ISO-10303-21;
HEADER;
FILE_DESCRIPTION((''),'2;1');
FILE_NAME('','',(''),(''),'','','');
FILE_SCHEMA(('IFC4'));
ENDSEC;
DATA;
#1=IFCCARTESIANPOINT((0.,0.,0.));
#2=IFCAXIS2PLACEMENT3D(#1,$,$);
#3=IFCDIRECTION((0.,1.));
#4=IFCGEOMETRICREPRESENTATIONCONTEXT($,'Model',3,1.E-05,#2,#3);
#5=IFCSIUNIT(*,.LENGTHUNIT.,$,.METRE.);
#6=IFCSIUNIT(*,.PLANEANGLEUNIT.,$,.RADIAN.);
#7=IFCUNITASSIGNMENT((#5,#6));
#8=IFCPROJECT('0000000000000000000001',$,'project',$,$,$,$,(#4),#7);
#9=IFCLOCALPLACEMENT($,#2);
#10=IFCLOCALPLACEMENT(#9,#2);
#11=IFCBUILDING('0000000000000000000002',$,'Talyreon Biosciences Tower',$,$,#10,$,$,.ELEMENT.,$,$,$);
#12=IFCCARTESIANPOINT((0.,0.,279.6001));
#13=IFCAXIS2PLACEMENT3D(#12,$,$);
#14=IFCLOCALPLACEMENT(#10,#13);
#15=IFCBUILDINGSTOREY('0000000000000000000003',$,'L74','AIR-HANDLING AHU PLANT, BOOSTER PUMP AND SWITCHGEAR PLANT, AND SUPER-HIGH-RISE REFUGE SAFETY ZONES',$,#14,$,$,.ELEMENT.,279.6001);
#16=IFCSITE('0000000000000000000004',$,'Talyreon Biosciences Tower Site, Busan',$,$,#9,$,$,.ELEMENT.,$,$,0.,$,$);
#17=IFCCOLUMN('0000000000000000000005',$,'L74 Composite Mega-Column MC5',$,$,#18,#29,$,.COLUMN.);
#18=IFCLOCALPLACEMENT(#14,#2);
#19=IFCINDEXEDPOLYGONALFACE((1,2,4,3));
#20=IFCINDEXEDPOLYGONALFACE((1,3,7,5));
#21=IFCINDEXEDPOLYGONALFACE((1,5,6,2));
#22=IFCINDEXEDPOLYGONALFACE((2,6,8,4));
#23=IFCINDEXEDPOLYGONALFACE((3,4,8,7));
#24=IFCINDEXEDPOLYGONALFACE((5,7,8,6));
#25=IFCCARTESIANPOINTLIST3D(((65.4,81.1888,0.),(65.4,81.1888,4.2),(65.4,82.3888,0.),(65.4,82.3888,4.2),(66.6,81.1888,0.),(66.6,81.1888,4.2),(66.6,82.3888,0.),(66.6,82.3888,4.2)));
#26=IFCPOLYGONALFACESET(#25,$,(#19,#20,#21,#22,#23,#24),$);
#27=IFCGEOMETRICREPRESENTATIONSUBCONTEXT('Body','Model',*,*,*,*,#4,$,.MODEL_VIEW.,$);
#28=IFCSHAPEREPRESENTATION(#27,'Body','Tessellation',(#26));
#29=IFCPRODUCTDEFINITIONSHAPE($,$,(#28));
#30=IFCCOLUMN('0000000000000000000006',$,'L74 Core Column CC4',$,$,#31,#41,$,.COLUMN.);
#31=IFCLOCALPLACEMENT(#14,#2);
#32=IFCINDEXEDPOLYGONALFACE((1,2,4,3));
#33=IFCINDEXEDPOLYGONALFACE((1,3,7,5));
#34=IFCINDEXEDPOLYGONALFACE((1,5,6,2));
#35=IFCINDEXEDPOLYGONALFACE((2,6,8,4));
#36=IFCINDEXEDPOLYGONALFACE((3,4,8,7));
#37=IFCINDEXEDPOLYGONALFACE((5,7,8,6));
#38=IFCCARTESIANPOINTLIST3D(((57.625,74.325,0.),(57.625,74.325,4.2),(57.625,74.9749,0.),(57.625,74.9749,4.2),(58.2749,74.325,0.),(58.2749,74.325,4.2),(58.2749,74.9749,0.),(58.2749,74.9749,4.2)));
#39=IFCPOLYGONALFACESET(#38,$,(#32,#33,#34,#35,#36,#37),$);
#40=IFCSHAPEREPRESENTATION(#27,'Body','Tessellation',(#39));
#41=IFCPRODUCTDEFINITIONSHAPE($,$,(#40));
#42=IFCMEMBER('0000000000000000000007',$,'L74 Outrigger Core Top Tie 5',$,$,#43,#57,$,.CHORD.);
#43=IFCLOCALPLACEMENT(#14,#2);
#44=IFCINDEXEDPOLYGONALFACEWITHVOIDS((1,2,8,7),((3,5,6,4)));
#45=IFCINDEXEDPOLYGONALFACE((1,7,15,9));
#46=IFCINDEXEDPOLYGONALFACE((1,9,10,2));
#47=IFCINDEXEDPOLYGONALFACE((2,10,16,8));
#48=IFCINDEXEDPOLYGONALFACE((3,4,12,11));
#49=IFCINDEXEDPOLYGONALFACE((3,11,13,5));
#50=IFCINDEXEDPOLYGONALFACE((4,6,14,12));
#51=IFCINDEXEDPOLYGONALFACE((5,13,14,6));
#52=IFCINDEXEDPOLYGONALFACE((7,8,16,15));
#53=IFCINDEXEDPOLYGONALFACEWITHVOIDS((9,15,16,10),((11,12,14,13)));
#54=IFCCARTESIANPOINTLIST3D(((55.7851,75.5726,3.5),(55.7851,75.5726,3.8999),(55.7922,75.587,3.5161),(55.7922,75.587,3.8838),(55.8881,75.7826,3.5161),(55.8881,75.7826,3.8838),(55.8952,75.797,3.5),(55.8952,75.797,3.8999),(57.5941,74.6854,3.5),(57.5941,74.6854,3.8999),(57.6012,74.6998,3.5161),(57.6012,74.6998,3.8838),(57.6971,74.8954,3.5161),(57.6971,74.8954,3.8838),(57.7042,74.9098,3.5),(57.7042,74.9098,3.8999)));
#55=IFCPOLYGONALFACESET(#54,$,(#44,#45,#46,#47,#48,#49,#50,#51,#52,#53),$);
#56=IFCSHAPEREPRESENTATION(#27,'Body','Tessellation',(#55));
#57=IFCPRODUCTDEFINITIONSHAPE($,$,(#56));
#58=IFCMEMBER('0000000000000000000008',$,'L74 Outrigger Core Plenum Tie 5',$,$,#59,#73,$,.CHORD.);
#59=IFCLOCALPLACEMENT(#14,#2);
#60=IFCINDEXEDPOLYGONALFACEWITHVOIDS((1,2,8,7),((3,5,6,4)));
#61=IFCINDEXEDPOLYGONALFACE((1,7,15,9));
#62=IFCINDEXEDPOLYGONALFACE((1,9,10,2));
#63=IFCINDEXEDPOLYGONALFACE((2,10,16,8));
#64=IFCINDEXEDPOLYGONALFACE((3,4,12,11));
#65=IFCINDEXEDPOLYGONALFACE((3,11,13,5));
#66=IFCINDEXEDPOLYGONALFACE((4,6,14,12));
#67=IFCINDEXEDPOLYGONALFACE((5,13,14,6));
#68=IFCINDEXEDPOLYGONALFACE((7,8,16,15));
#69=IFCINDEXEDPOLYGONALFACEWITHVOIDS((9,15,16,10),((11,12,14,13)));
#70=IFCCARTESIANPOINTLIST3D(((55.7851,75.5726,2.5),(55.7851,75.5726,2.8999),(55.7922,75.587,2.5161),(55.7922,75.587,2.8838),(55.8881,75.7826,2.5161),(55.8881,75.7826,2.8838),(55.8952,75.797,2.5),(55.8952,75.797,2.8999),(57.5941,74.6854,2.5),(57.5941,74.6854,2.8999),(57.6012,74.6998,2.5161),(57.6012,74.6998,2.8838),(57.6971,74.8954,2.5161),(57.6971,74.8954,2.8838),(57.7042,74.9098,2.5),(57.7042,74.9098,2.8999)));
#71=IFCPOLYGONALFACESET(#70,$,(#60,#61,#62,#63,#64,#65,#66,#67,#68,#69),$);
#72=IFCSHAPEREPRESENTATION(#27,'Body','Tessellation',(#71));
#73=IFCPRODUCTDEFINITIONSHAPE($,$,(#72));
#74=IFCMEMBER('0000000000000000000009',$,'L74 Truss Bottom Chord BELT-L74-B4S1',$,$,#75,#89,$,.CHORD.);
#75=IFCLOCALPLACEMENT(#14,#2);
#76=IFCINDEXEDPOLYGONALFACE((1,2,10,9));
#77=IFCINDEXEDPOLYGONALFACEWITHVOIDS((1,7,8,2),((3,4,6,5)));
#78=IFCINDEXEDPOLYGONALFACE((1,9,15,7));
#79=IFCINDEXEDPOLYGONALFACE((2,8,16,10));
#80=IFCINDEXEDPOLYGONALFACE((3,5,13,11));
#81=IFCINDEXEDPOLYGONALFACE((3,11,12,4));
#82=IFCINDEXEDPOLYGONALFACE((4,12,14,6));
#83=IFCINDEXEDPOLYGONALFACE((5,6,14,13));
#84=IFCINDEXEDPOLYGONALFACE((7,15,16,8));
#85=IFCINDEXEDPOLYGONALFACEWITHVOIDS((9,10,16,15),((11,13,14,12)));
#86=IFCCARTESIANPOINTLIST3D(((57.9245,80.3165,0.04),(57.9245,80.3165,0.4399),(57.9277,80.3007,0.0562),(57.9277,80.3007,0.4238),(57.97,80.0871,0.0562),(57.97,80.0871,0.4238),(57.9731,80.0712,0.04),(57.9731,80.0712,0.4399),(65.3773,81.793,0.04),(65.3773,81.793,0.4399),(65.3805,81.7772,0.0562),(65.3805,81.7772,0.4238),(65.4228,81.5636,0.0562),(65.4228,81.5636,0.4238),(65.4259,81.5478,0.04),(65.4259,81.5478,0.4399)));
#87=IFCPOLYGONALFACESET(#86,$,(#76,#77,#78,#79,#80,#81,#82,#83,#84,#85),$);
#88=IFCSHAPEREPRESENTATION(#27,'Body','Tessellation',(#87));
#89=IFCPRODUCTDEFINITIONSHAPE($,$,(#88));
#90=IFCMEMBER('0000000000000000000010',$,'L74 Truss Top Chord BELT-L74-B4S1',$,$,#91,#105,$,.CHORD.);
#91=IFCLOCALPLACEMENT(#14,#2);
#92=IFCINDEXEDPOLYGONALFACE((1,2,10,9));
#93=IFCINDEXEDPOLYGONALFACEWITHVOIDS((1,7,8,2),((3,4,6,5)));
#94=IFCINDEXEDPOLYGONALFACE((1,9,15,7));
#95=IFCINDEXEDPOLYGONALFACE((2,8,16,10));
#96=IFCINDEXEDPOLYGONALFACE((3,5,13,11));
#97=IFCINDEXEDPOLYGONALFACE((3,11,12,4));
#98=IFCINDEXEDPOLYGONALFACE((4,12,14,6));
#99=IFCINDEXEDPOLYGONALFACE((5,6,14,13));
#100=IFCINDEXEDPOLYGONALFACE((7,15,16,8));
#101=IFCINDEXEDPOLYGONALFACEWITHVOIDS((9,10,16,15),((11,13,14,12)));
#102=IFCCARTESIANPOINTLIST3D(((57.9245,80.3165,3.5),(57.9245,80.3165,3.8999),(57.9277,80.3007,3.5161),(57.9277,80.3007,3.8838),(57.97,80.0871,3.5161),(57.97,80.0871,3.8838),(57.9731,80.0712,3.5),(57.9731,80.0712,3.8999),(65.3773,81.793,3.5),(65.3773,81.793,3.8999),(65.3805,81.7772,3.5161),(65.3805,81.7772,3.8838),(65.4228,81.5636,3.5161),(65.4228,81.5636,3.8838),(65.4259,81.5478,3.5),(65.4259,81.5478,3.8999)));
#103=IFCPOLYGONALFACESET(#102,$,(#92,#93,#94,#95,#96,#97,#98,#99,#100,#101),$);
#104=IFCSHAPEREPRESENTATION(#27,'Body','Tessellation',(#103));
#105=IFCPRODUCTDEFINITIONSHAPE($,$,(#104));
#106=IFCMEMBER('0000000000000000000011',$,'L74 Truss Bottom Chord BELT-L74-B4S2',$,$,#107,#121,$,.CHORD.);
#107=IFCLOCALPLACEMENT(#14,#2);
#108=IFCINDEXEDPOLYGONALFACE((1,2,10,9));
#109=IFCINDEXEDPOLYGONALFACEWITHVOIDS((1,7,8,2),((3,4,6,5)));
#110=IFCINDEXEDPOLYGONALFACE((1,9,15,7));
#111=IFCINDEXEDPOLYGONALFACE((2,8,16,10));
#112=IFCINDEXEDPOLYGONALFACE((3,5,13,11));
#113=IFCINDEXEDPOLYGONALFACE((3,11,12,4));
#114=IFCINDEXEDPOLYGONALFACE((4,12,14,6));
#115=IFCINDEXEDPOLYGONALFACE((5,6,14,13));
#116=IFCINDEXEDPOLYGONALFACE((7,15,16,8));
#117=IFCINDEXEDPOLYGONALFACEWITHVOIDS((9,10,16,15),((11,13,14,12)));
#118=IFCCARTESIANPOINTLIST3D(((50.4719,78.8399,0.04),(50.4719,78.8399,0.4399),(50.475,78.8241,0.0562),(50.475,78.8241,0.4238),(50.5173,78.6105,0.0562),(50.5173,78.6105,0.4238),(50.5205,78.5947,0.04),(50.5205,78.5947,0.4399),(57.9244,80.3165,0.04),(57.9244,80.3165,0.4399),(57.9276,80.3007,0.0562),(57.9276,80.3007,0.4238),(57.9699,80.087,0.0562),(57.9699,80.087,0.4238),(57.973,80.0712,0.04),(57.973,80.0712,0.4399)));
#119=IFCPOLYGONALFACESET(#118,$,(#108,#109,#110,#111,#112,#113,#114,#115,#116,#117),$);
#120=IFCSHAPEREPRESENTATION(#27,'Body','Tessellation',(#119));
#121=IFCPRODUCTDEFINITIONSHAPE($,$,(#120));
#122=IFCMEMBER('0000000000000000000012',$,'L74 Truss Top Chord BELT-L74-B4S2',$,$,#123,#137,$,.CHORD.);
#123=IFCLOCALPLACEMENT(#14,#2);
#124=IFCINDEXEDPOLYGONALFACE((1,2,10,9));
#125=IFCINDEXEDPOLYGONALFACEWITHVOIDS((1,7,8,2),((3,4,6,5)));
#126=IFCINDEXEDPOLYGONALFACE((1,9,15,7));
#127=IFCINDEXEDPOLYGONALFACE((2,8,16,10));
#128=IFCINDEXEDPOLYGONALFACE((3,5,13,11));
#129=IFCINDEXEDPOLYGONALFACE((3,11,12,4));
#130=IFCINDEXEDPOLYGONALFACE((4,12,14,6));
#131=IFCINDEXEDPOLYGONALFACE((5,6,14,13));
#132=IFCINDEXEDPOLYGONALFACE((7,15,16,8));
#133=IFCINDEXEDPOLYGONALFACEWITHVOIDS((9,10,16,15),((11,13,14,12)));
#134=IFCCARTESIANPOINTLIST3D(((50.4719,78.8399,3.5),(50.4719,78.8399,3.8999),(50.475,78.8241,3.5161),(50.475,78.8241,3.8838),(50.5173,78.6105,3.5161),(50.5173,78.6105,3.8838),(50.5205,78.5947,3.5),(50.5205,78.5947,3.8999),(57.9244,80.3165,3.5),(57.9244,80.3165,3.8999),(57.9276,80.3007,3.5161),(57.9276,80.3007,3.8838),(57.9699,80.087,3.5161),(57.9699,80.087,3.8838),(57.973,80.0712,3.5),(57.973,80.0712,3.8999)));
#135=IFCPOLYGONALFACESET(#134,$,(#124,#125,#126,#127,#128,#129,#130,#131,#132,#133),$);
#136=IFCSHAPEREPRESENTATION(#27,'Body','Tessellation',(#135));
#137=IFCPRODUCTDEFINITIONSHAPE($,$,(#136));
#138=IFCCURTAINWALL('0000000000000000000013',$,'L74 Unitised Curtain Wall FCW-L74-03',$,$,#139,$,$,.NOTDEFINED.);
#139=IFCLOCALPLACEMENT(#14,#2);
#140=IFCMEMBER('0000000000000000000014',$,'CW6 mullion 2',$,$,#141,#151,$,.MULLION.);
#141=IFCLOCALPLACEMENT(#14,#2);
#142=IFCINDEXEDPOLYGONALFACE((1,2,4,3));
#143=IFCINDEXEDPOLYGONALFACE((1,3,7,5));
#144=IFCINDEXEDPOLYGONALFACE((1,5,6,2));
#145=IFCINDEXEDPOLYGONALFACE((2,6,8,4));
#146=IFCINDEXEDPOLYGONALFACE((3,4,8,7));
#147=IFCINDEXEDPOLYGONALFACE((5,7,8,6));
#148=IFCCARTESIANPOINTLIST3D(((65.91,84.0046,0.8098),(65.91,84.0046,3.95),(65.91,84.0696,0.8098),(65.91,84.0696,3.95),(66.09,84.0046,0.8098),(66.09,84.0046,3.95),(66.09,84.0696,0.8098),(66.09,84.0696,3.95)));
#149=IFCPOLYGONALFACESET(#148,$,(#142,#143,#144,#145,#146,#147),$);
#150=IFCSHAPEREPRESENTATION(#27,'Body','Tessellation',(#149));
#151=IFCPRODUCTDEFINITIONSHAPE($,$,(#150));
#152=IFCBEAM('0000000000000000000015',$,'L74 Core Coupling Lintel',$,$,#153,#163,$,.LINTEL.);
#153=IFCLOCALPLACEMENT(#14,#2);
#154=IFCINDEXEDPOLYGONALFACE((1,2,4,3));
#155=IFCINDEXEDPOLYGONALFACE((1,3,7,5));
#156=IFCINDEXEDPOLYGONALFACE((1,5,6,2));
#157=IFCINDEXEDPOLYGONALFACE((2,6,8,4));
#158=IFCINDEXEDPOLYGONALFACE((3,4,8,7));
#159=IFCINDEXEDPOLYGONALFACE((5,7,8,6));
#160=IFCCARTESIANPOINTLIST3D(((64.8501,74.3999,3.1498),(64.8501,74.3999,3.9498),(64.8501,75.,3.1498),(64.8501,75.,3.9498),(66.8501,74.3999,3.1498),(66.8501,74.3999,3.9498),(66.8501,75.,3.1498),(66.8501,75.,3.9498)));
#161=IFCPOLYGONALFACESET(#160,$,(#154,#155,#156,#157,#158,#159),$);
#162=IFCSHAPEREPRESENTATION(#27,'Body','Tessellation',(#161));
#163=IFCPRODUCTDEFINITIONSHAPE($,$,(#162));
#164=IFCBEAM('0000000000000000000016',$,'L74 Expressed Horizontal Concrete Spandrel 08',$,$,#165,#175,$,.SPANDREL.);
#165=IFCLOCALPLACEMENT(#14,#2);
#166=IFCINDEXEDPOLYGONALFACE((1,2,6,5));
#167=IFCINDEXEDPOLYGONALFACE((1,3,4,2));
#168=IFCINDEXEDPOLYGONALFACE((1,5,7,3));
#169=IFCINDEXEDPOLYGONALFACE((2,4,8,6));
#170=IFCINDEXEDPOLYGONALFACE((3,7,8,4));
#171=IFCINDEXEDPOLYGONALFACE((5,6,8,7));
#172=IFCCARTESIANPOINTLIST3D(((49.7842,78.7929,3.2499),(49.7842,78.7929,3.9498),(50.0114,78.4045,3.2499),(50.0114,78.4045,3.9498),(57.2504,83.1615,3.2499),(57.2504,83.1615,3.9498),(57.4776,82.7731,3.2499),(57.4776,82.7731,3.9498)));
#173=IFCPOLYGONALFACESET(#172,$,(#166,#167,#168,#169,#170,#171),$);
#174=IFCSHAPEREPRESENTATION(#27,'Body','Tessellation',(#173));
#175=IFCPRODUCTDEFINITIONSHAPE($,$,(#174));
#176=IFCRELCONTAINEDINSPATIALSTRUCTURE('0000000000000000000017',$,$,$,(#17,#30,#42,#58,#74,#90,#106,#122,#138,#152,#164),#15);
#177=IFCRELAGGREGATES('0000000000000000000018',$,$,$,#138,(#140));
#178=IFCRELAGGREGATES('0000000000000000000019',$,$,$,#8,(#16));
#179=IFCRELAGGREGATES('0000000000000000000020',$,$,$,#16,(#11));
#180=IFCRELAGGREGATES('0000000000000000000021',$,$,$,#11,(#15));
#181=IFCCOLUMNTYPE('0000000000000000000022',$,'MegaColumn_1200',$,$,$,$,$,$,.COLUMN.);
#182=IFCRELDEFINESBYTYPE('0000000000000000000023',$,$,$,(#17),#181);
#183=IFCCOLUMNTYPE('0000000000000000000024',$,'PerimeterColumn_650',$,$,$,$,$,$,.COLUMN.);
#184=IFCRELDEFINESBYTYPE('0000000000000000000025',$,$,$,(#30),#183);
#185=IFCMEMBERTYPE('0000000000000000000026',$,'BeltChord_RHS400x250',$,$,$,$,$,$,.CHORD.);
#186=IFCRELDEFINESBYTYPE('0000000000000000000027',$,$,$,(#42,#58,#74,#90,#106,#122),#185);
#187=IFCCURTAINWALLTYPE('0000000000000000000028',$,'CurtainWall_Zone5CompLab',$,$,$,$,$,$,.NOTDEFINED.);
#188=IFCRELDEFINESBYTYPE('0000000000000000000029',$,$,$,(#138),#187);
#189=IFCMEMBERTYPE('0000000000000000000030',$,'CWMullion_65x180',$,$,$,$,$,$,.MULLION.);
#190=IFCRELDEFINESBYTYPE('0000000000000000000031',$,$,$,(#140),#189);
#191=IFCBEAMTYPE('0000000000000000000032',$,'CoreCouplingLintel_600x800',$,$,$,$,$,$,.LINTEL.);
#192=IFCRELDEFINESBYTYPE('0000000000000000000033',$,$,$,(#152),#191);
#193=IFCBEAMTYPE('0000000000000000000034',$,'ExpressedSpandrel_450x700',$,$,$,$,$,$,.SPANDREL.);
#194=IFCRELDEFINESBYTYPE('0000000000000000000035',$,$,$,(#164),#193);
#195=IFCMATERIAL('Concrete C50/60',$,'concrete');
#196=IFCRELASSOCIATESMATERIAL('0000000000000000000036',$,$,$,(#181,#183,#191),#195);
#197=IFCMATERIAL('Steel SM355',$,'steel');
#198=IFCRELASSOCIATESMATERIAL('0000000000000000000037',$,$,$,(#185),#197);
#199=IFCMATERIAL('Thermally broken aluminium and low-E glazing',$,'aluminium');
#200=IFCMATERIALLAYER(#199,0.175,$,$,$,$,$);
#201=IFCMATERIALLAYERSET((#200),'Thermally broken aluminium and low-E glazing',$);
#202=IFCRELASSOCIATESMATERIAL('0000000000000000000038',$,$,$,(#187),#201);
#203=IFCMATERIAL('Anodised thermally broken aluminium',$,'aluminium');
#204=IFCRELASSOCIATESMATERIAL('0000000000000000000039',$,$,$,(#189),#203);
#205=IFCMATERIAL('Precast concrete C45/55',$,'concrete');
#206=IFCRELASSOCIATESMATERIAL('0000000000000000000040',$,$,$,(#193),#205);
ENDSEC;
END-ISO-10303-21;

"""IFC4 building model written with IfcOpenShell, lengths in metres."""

from ifc_helpers import new_model, si_unit, direction, frame, origin, origin_2d, place, context, subcontext, project, spatial, rectangle, hollow_rectangle, extrude, material, layer, layer_set, material_profile, profile_set, type_object, element, aggregate, save


model = new_model("IFC4")

# Units and contexts
model_context = context("Model", 3, precision=1e-05, world=origin(), true_north=direction((0.0, 1.0)))
body_context = subcontext(model_context, "Body", "Model", "MODEL_VIEW")
ifc_project = project(units=[si_unit("LENGTHUNIT", "METRE"), si_unit("PLANEANGLEUNIT", "RADIAN")], contexts=[model_context])

# Site, building, storey
site_placement = place(None, origin())
site = spatial("IfcSite", under=ifc_project, at=site_placement, Name="Talyreon Biosciences Tower Site, Busan", CompositionType="ELEMENT", RefElevation=0.0)
building_placement = place(site_placement, origin())
building = spatial("IfcBuilding", under=site, at=building_placement, Name="Talyreon Biosciences Tower", CompositionType="ELEMENT")
storey_placement = place(building_placement, frame((0.0, 0.0, 279.6001)))
storey = spatial("IfcBuildingStorey", under=building, at=storey_placement, Name="L74", Description="AIR-HANDLING AHU PLANT, BOOSTER PUMP AND SWITCHGEAR PLANT, AND SUPER-HIGH-RISE REFUGE SAFETY ZONES", CompositionType="ELEMENT", Elevation=279.6001)

# Columns
ifc_material_1 = material(Name="Concrete C50/60", Category="concrete")
ifc_material_profile_1 = material_profile(ifc_material_1, rectangle(XDim=1.2, YDim=1.2, at=origin_2d()), Name="RC 1200x1200")
ifc_profile_set_1 = profile_set([ifc_material_profile_1], Name="Concrete C50/60")
column_type_1 = type_object("IfcColumnType", Name="MegaColumn_1200", PredefinedType="COLUMN", material=ifc_profile_set_1)
column_1_placement = place(storey_placement, frame((66.0, 81.7888, 0.0), z_axis=(0.0, 0.0, 1.0), x_axis=(1.0, 0.0, 0.0)))
element("IfcColumn", 1, at=column_1_placement, inside=storey, type_object=column_type_1, Name="L74 Composite Mega-Column MC5", PredefinedType="COLUMN", context=body_context, shape_type="SweptSolid", body=[
    extrude(rectangle(XDim=1.2, YDim=1.2, at=origin_2d()), origin(), (0.0, 0.0, 1.0), 4.2),
])
ifc_material_profile_2 = material_profile(ifc_material_1, rectangle(XDim=0.6499, YDim=0.6499, at=origin_2d()), Name="RC 650x650")
ifc_profile_set_2 = profile_set([ifc_material_profile_2], Name="Concrete C50/60")
column_type_2 = type_object("IfcColumnType", Name="PerimeterColumn_650", PredefinedType="COLUMN", material=ifc_profile_set_2)
column_2_placement = place(storey_placement, frame((57.95, 74.6499, 0.0), z_axis=(0.0, 0.0, 1.0), x_axis=(1.0, 0.0, 0.0)))
element("IfcColumn", 2, at=column_2_placement, inside=storey, type_object=column_type_2, Name="L74 Core Column CC4", PredefinedType="COLUMN", context=body_context, shape_type="SweptSolid", body=[
    extrude(rectangle(XDim=0.6499, YDim=0.6499, at=origin_2d()), origin(), (0.0, 0.0, 1.0), 4.2),
])

# Members
ifc_material_2 = material(Name="Steel SM355", Category="steel")
ifc_material_profile_3 = material_profile(ifc_material_2, hollow_rectangle(XDim=0.25, YDim=0.3999, WallThickness=0.0161, at=origin_2d()), Name="RHS 400x250x16")
ifc_profile_set_3 = profile_set([ifc_material_profile_3], Name="Steel SM355")
member_type_1 = type_object("IfcMemberType", Name="BeltChord_RHS400x250", PredefinedType="CHORD", material=ifc_profile_set_3)
for number, where, z_axis, x_axis, name in (
    (3, (57.6492, 74.7976, 3.7), (-0.897842, 0.440318, 0.0), (-0.440318, -0.897842, 0.0), "L74 Outrigger Core Top Tie 5"),
    (4, (57.6492, 74.7976, 2.7), (-0.897842, 0.440318, 0.0), (-0.440318, -0.897842, 0.0), "L74 Outrigger Core Plenum Tie 5"),
):
    element("IfcMember", number, at=place(storey_placement, frame(where, z_axis=z_axis, x_axis=x_axis)), inside=storey, type_object=member_type_1, Name=name, PredefinedType="CHORD", context=body_context, shape_type="SweptSolid", body=[
        extrude(hollow_rectangle(XDim=0.25, YDim=0.3999, WallThickness=0.0161, at=origin_2d()), origin(), (0.0, 0.0, 1.0), 2.0149),
    ])
for number, where, z_axis, x_axis, name in (
    (5, (65.4016, 81.6704, 0.24), (-0.980934, -0.194342, 0.0), (0.194342, -0.980934, 0.0), "L74 Truss Bottom Chord BELT-L74-B4S1"),
    (6, (65.4016, 81.6704, 3.7), (-0.980934, -0.194342, 0.0), (0.194342, -0.980934, 0.0), "L74 Truss Top Chord BELT-L74-B4S1"),
):
    element("IfcMember", number, at=place(storey_placement, frame(where, z_axis=z_axis, x_axis=x_axis)), inside=storey, type_object=member_type_1, Name=name, PredefinedType="CHORD", context=body_context, shape_type="SweptSolid", body=[
        extrude(hollow_rectangle(XDim=0.25, YDim=0.3999, WallThickness=0.0161, at=origin_2d()), origin(), (0.0, 0.0, 1.0), 7.5977),
    ])
for number, where, z_axis, x_axis, name in (
    (7, (57.9487, 80.1938, 0.24), (-0.980933, -0.194348, 0.0), (0.194348, -0.980933, 0.0), "L74 Truss Bottom Chord BELT-L74-B4S2"),
    (8, (57.9487, 80.1938, 3.7), (-0.980933, -0.194348, 0.0), (0.194348, -0.980933, 0.0), "L74 Truss Top Chord BELT-L74-B4S2"),
):
    element("IfcMember", number, at=place(storey_placement, frame(where, z_axis=z_axis, x_axis=x_axis)), inside=storey, type_object=member_type_1, Name=name, PredefinedType="CHORD", context=body_context, shape_type="SweptSolid", body=[
        extrude(hollow_rectangle(XDim=0.25, YDim=0.3999, WallThickness=0.0161, at=origin_2d()), origin(), (0.0, 0.0, 1.0), 7.5974),
    ])

# Curtain wall, member
ifc_material_3 = material(Name="Thermally broken aluminium and low-E glazing", Category="aluminium")
ifc_layer_1 = layer(ifc_material_3, 0.175)
ifc_layer_set_1 = layer_set([ifc_layer_1], Name="Thermally broken aluminium and low-E glazing")
curtain_wall_type = type_object("IfcCurtainWallType", Name="CurtainWall_Zone5CompLab", PredefinedType="NOTDEFINED", material=ifc_layer_set_1)
curtain_wall_placement = place(storey_placement, origin())
curtain_wall = element("IfcCurtainWall", 9, at=curtain_wall_placement, inside=storey, type_object=curtain_wall_type, Name="L74 Unitised Curtain Wall FCW-L74-03", PredefinedType="NOTDEFINED")
ifc_material_4 = material(Name="Anodised thermally broken aluminium", Category="aluminium")
ifc_material_profile_4 = material_profile(ifc_material_4, rectangle(XDim=0.0649, YDim=0.1799, at=origin_2d()), Name="ALUM MULLION 65x180")
ifc_profile_set_4 = profile_set([ifc_material_profile_4], Name="Anodised thermally broken aluminium")
member_type_2 = type_object("IfcMemberType", Name="CWMullion_65x180", PredefinedType="MULLION", material=ifc_profile_set_4)
member_1_placement = place(storey_placement, frame((66.0, 84.0371, 0.8098), z_axis=(0.0, 0.0, 1.0), x_axis=(0.0, 1.0, 0.0)))
member_1 = element("IfcMember", 10, at=member_1_placement, type_object=member_type_2, Name="CW6 mullion 2", PredefinedType="MULLION", context=body_context, shape_type="SweptSolid", body=[
    extrude(rectangle(XDim=0.0649, YDim=0.1799, at=origin_2d()), origin(), (0.0, 0.0, 1.0), 3.1401),
])

# Beams
ifc_material_profile_5 = material_profile(ifc_material_1, rectangle(XDim=0.6001, YDim=0.8, at=origin_2d()), Name="RCB 600x800")
ifc_profile_set_5 = profile_set([ifc_material_profile_5], Name="Concrete C50/60")
beam_type_1 = type_object("IfcBeamType", Name="CoreCouplingLintel_600x800", PredefinedType="LINTEL", material=ifc_profile_set_5)
beam_1_placement = place(storey_placement, frame((64.8501, 74.7, 3.5498), z_axis=(1.0, 0.0, 0.0), x_axis=(0.0, 1.0, 0.0)))
element("IfcBeam", 11, at=beam_1_placement, inside=storey, type_object=beam_type_1, Name="L74 Core Coupling Lintel", PredefinedType="LINTEL", context=body_context, shape_type="SweptSolid", body=[
    extrude(rectangle(XDim=0.6001, YDim=0.8, at=origin_2d()), origin(), (0.0, 0.0, 1.0), 2.0),
])
ifc_material_5 = material(Name="Precast concrete C45/55", Category="concrete")
ifc_material_profile_6 = material_profile(ifc_material_5, rectangle(XDim=0.45, YDim=0.7, at=origin_2d()), Name="RCB 450x700")
ifc_profile_set_6 = profile_set([ifc_material_profile_6], Name="Precast concrete C45/55")
beam_type_2 = type_object("IfcBeamType", Name="ExpressedSpandrel_450x700", PredefinedType="SPANDREL", material=ifc_profile_set_6)
beam_2_placement = place(storey_placement, frame((57.364, 82.9673, 3.5999), z_axis=(-0.863109, -0.505018, 0.0), x_axis=(0.505018, -0.863109, 0.0)))
element("IfcBeam", 12, at=beam_2_placement, inside=storey, type_object=beam_type_2, Name="L74 Expressed Horizontal Concrete Spandrel 08", PredefinedType="SPANDREL", context=body_context, shape_type="SweptSolid", body=[
    extrude(rectangle(XDim=0.45, YDim=0.7, at=origin_2d()), origin(), (0.0, 0.0, 1.0), 8.6504),
])

aggregate(curtain_wall, [member_1])

save(model, "model.ifc")
